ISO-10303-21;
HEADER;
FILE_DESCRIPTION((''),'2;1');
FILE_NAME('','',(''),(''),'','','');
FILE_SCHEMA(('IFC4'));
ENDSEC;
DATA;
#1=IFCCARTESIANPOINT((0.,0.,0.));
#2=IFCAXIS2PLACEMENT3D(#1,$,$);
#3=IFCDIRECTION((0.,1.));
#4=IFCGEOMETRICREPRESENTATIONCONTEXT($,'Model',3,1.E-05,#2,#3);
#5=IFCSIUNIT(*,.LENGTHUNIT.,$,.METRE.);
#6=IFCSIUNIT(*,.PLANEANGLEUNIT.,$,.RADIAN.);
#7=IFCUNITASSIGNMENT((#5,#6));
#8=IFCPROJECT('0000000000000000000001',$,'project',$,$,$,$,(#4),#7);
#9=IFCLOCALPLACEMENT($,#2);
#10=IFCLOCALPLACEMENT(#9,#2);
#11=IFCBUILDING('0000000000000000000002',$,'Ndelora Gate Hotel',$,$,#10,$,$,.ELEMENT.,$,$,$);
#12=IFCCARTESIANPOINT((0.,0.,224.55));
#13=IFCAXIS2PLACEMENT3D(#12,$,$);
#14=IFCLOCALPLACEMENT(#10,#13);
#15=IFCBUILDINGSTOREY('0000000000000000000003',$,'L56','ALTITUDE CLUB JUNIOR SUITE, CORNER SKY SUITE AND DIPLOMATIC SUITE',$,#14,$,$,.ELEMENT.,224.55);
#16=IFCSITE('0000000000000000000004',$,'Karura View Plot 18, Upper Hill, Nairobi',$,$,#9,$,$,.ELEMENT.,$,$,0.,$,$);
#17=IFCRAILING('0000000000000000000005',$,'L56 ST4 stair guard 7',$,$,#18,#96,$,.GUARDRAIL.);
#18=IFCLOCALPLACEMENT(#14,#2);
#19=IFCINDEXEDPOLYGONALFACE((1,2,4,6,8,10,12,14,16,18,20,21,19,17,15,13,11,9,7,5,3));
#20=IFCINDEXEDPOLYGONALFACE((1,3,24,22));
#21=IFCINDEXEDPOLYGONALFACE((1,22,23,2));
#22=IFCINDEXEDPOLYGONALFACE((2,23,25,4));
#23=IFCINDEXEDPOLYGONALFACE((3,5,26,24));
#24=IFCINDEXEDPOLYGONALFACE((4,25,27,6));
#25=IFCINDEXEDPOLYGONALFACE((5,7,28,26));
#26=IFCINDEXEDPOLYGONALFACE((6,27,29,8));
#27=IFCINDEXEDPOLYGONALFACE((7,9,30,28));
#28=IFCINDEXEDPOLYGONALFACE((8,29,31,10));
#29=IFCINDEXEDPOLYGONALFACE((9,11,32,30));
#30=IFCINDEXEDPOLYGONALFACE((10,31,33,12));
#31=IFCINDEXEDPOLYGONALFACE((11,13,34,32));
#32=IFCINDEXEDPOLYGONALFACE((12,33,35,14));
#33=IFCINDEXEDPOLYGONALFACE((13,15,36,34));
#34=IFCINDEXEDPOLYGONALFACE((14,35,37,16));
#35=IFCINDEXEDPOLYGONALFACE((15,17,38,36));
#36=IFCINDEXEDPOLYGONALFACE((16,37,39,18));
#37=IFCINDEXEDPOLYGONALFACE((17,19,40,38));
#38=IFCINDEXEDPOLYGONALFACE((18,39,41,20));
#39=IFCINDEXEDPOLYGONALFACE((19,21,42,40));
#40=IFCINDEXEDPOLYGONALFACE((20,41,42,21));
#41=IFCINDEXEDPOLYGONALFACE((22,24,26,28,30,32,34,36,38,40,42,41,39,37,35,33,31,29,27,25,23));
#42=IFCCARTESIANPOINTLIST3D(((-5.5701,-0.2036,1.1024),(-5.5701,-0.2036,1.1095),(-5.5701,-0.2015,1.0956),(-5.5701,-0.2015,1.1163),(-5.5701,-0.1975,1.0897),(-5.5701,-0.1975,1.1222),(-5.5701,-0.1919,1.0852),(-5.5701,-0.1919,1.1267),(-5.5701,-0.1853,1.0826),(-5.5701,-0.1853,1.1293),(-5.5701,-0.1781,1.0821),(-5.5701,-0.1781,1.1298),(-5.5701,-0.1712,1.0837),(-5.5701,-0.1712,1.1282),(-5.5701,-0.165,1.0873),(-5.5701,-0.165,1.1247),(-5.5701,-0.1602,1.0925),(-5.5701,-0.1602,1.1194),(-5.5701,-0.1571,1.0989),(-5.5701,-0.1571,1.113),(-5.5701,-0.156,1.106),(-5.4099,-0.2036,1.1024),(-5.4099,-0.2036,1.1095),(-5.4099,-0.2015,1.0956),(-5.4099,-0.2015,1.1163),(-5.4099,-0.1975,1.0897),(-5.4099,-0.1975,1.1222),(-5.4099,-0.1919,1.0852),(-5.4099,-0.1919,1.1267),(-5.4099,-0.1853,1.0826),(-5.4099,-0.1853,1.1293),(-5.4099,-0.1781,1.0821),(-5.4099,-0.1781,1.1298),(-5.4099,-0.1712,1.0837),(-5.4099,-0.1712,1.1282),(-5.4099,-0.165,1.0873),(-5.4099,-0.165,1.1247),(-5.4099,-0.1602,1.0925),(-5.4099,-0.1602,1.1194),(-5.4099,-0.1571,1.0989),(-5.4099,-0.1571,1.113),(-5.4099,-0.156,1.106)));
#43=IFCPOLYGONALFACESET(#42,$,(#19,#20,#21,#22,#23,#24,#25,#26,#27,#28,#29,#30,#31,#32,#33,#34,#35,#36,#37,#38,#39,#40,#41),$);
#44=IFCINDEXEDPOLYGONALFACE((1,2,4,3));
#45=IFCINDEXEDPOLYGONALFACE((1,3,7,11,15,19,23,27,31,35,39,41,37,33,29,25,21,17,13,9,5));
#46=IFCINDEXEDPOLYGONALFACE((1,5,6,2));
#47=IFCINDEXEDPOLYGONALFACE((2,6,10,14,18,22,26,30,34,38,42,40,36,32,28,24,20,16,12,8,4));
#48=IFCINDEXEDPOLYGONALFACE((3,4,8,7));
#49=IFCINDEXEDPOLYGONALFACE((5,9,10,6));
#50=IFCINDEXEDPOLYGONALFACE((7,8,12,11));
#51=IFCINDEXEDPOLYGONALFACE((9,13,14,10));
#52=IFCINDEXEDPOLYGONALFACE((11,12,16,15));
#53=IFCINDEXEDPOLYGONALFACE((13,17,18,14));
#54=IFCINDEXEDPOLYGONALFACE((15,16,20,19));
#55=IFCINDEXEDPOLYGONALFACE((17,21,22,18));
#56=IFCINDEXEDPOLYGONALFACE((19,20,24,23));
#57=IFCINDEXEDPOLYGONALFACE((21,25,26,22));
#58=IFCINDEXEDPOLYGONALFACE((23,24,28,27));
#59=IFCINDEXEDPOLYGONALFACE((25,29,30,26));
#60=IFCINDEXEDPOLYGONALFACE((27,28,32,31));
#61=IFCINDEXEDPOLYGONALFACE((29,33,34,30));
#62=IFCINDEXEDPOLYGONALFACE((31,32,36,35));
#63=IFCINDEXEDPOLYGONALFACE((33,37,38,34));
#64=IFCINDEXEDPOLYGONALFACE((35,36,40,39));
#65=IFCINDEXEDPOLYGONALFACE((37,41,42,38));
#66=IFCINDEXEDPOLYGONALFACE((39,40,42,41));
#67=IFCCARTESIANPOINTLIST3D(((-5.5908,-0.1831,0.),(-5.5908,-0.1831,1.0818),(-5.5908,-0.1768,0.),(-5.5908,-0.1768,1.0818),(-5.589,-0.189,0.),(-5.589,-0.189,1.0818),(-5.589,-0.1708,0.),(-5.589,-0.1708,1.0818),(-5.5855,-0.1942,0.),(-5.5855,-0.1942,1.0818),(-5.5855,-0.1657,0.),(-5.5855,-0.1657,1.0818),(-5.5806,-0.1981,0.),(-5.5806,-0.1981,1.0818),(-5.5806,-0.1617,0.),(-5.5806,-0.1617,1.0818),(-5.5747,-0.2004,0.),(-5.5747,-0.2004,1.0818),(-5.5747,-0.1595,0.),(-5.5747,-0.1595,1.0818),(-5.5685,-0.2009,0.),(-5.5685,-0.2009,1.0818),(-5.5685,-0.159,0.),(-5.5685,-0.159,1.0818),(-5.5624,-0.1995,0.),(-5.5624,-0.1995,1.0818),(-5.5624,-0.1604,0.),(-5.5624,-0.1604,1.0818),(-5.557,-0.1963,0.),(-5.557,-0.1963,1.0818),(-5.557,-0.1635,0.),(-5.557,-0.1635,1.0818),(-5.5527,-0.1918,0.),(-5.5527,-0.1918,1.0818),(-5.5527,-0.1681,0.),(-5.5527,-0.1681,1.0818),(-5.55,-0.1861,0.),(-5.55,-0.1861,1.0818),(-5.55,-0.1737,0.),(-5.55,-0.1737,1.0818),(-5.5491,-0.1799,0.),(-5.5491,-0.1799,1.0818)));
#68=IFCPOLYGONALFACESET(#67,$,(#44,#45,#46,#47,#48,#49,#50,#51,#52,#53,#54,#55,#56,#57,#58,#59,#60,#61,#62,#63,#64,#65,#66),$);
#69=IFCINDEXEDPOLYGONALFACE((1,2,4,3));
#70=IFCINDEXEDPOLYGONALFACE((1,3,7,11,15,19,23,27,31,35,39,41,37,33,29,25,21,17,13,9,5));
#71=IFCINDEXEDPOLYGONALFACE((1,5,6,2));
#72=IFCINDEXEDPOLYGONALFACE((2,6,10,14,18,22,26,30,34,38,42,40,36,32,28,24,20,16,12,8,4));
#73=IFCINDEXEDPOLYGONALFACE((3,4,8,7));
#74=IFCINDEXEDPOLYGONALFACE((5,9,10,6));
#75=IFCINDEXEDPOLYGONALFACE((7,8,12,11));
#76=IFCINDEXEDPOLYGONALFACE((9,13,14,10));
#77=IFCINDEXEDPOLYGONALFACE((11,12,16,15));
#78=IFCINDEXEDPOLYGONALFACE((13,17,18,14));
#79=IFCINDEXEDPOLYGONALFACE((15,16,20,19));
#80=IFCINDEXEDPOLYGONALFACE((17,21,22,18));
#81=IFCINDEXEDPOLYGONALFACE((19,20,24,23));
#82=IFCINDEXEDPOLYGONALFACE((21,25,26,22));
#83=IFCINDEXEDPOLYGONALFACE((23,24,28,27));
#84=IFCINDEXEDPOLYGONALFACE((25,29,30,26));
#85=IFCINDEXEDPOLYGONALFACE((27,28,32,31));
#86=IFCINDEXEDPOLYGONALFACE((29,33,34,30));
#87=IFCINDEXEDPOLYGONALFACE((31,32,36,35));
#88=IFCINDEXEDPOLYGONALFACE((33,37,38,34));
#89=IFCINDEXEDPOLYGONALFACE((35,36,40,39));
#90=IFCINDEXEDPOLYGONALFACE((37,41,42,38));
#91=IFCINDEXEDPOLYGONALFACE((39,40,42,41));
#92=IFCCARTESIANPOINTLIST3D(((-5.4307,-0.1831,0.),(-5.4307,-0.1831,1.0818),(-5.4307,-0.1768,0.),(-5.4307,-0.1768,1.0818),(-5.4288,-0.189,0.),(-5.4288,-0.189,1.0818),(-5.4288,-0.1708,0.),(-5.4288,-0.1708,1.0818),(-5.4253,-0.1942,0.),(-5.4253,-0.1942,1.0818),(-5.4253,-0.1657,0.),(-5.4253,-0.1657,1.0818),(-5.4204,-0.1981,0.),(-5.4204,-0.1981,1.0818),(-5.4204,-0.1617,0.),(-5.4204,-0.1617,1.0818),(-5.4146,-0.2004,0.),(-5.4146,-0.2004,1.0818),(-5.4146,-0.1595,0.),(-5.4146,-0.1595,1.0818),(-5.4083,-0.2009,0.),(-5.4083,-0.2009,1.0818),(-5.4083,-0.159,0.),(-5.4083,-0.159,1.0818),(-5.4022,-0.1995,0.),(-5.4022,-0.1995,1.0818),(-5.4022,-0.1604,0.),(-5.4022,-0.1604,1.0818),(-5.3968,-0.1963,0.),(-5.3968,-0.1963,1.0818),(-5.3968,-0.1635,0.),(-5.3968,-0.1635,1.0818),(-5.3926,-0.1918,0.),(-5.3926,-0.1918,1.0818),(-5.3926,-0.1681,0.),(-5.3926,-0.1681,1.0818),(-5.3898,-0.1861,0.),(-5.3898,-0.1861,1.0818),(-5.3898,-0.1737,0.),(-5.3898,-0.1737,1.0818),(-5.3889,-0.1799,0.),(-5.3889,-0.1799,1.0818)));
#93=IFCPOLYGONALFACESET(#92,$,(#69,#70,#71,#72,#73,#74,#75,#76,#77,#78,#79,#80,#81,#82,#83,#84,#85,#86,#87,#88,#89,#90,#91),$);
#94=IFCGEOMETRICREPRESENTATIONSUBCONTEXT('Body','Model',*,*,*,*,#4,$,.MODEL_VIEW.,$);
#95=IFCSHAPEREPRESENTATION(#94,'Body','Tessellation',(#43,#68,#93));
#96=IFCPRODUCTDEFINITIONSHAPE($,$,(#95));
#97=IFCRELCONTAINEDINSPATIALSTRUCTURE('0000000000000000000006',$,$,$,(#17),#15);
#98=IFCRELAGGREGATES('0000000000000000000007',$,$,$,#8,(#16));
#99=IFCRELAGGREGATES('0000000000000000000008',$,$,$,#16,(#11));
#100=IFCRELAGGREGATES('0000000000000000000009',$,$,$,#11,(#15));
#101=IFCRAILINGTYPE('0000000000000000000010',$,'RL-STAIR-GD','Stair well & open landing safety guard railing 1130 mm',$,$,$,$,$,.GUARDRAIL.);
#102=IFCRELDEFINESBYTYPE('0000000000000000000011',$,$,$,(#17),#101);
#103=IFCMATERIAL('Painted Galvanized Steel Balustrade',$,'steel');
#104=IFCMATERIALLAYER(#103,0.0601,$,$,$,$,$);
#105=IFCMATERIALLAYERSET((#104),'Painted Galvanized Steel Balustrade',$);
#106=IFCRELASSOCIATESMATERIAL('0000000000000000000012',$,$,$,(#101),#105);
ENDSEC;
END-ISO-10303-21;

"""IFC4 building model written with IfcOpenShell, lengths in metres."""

from ifc_helpers import new_model, si_unit, direction, frame, origin, origin_2d, place, context, subcontext, project, spatial, circle, extrude, material, layer, layer_set, type_object, element, save


model = new_model("IFC4")

# Units and contexts
model_context = context("Model", 3, precision=1e-05, world=origin(), true_north=direction((0.0, 1.0)))
body_context = subcontext(model_context, "Body", "Model", "MODEL_VIEW")
ifc_project = project(units=[si_unit("LENGTHUNIT", "METRE"), si_unit("PLANEANGLEUNIT", "RADIAN")], contexts=[model_context])

# Site, building, storey
site_placement = place(None, origin())
site = spatial("IfcSite", under=ifc_project, at=site_placement, Name="Karura View Plot 18, Upper Hill, Nairobi", CompositionType="ELEMENT", RefElevation=0.0)
building_placement = place(site_placement, origin())
building = spatial("IfcBuilding", under=site, at=building_placement, Name="Ndelora Gate Hotel", CompositionType="ELEMENT")
storey_placement = place(building_placement, frame((0.0, 0.0, 224.55)))
storey = spatial("IfcBuildingStorey", under=building, at=storey_placement, Name="L56", Description="ALTITUDE CLUB JUNIOR SUITE, CORNER SKY SUITE AND DIPLOMATIC SUITE", CompositionType="ELEMENT", Elevation=224.55)

# Railing
ifc_material_1 = material(Name="Painted Galvanized Steel Balustrade", Category="steel")
ifc_layer_1 = layer(ifc_material_1, 0.0601)
ifc_layer_set_1 = layer_set([ifc_layer_1], Name="Painted Galvanized Steel Balustrade")
railing_type_1 = type_object("IfcRailingType", Name="RL-STAIR-GD", Description="Stair well & open landing safety guard railing 1130 mm", PredefinedType="GUARDRAIL", material=ifc_layer_set_1)
railing_1_placement = place(storey_placement, frame((-5.5701, -0.1799, 0.0)))
element("IfcRailing", 1, at=railing_1_placement, inside=storey, type_object=railing_type_1, Name="L56 ST4 stair guard 7", PredefinedType="GUARDRAIL", context=body_context, shape_type="SweptSolid", body=[
    extrude(circle(Radius=0.0239, at=origin_2d()), frame((0.0, 0.0, 1.106), z_axis=(1.0, 0.0, 0.0), x_axis=(0.0, 1.0, 0.0)), (0.0, 0.0, 1.0), 0.1602),
    extrude(circle(Radius=0.021, at=origin_2d()), origin(), (0.0, 0.0, 1.0), 1.0818),
    extrude(circle(Radius=0.021, at=origin_2d()), frame((0.1602, 0.0, 0.0)), (0.0, 0.0, 1.0), 1.0818),
])

save(model, "model.ifc")
